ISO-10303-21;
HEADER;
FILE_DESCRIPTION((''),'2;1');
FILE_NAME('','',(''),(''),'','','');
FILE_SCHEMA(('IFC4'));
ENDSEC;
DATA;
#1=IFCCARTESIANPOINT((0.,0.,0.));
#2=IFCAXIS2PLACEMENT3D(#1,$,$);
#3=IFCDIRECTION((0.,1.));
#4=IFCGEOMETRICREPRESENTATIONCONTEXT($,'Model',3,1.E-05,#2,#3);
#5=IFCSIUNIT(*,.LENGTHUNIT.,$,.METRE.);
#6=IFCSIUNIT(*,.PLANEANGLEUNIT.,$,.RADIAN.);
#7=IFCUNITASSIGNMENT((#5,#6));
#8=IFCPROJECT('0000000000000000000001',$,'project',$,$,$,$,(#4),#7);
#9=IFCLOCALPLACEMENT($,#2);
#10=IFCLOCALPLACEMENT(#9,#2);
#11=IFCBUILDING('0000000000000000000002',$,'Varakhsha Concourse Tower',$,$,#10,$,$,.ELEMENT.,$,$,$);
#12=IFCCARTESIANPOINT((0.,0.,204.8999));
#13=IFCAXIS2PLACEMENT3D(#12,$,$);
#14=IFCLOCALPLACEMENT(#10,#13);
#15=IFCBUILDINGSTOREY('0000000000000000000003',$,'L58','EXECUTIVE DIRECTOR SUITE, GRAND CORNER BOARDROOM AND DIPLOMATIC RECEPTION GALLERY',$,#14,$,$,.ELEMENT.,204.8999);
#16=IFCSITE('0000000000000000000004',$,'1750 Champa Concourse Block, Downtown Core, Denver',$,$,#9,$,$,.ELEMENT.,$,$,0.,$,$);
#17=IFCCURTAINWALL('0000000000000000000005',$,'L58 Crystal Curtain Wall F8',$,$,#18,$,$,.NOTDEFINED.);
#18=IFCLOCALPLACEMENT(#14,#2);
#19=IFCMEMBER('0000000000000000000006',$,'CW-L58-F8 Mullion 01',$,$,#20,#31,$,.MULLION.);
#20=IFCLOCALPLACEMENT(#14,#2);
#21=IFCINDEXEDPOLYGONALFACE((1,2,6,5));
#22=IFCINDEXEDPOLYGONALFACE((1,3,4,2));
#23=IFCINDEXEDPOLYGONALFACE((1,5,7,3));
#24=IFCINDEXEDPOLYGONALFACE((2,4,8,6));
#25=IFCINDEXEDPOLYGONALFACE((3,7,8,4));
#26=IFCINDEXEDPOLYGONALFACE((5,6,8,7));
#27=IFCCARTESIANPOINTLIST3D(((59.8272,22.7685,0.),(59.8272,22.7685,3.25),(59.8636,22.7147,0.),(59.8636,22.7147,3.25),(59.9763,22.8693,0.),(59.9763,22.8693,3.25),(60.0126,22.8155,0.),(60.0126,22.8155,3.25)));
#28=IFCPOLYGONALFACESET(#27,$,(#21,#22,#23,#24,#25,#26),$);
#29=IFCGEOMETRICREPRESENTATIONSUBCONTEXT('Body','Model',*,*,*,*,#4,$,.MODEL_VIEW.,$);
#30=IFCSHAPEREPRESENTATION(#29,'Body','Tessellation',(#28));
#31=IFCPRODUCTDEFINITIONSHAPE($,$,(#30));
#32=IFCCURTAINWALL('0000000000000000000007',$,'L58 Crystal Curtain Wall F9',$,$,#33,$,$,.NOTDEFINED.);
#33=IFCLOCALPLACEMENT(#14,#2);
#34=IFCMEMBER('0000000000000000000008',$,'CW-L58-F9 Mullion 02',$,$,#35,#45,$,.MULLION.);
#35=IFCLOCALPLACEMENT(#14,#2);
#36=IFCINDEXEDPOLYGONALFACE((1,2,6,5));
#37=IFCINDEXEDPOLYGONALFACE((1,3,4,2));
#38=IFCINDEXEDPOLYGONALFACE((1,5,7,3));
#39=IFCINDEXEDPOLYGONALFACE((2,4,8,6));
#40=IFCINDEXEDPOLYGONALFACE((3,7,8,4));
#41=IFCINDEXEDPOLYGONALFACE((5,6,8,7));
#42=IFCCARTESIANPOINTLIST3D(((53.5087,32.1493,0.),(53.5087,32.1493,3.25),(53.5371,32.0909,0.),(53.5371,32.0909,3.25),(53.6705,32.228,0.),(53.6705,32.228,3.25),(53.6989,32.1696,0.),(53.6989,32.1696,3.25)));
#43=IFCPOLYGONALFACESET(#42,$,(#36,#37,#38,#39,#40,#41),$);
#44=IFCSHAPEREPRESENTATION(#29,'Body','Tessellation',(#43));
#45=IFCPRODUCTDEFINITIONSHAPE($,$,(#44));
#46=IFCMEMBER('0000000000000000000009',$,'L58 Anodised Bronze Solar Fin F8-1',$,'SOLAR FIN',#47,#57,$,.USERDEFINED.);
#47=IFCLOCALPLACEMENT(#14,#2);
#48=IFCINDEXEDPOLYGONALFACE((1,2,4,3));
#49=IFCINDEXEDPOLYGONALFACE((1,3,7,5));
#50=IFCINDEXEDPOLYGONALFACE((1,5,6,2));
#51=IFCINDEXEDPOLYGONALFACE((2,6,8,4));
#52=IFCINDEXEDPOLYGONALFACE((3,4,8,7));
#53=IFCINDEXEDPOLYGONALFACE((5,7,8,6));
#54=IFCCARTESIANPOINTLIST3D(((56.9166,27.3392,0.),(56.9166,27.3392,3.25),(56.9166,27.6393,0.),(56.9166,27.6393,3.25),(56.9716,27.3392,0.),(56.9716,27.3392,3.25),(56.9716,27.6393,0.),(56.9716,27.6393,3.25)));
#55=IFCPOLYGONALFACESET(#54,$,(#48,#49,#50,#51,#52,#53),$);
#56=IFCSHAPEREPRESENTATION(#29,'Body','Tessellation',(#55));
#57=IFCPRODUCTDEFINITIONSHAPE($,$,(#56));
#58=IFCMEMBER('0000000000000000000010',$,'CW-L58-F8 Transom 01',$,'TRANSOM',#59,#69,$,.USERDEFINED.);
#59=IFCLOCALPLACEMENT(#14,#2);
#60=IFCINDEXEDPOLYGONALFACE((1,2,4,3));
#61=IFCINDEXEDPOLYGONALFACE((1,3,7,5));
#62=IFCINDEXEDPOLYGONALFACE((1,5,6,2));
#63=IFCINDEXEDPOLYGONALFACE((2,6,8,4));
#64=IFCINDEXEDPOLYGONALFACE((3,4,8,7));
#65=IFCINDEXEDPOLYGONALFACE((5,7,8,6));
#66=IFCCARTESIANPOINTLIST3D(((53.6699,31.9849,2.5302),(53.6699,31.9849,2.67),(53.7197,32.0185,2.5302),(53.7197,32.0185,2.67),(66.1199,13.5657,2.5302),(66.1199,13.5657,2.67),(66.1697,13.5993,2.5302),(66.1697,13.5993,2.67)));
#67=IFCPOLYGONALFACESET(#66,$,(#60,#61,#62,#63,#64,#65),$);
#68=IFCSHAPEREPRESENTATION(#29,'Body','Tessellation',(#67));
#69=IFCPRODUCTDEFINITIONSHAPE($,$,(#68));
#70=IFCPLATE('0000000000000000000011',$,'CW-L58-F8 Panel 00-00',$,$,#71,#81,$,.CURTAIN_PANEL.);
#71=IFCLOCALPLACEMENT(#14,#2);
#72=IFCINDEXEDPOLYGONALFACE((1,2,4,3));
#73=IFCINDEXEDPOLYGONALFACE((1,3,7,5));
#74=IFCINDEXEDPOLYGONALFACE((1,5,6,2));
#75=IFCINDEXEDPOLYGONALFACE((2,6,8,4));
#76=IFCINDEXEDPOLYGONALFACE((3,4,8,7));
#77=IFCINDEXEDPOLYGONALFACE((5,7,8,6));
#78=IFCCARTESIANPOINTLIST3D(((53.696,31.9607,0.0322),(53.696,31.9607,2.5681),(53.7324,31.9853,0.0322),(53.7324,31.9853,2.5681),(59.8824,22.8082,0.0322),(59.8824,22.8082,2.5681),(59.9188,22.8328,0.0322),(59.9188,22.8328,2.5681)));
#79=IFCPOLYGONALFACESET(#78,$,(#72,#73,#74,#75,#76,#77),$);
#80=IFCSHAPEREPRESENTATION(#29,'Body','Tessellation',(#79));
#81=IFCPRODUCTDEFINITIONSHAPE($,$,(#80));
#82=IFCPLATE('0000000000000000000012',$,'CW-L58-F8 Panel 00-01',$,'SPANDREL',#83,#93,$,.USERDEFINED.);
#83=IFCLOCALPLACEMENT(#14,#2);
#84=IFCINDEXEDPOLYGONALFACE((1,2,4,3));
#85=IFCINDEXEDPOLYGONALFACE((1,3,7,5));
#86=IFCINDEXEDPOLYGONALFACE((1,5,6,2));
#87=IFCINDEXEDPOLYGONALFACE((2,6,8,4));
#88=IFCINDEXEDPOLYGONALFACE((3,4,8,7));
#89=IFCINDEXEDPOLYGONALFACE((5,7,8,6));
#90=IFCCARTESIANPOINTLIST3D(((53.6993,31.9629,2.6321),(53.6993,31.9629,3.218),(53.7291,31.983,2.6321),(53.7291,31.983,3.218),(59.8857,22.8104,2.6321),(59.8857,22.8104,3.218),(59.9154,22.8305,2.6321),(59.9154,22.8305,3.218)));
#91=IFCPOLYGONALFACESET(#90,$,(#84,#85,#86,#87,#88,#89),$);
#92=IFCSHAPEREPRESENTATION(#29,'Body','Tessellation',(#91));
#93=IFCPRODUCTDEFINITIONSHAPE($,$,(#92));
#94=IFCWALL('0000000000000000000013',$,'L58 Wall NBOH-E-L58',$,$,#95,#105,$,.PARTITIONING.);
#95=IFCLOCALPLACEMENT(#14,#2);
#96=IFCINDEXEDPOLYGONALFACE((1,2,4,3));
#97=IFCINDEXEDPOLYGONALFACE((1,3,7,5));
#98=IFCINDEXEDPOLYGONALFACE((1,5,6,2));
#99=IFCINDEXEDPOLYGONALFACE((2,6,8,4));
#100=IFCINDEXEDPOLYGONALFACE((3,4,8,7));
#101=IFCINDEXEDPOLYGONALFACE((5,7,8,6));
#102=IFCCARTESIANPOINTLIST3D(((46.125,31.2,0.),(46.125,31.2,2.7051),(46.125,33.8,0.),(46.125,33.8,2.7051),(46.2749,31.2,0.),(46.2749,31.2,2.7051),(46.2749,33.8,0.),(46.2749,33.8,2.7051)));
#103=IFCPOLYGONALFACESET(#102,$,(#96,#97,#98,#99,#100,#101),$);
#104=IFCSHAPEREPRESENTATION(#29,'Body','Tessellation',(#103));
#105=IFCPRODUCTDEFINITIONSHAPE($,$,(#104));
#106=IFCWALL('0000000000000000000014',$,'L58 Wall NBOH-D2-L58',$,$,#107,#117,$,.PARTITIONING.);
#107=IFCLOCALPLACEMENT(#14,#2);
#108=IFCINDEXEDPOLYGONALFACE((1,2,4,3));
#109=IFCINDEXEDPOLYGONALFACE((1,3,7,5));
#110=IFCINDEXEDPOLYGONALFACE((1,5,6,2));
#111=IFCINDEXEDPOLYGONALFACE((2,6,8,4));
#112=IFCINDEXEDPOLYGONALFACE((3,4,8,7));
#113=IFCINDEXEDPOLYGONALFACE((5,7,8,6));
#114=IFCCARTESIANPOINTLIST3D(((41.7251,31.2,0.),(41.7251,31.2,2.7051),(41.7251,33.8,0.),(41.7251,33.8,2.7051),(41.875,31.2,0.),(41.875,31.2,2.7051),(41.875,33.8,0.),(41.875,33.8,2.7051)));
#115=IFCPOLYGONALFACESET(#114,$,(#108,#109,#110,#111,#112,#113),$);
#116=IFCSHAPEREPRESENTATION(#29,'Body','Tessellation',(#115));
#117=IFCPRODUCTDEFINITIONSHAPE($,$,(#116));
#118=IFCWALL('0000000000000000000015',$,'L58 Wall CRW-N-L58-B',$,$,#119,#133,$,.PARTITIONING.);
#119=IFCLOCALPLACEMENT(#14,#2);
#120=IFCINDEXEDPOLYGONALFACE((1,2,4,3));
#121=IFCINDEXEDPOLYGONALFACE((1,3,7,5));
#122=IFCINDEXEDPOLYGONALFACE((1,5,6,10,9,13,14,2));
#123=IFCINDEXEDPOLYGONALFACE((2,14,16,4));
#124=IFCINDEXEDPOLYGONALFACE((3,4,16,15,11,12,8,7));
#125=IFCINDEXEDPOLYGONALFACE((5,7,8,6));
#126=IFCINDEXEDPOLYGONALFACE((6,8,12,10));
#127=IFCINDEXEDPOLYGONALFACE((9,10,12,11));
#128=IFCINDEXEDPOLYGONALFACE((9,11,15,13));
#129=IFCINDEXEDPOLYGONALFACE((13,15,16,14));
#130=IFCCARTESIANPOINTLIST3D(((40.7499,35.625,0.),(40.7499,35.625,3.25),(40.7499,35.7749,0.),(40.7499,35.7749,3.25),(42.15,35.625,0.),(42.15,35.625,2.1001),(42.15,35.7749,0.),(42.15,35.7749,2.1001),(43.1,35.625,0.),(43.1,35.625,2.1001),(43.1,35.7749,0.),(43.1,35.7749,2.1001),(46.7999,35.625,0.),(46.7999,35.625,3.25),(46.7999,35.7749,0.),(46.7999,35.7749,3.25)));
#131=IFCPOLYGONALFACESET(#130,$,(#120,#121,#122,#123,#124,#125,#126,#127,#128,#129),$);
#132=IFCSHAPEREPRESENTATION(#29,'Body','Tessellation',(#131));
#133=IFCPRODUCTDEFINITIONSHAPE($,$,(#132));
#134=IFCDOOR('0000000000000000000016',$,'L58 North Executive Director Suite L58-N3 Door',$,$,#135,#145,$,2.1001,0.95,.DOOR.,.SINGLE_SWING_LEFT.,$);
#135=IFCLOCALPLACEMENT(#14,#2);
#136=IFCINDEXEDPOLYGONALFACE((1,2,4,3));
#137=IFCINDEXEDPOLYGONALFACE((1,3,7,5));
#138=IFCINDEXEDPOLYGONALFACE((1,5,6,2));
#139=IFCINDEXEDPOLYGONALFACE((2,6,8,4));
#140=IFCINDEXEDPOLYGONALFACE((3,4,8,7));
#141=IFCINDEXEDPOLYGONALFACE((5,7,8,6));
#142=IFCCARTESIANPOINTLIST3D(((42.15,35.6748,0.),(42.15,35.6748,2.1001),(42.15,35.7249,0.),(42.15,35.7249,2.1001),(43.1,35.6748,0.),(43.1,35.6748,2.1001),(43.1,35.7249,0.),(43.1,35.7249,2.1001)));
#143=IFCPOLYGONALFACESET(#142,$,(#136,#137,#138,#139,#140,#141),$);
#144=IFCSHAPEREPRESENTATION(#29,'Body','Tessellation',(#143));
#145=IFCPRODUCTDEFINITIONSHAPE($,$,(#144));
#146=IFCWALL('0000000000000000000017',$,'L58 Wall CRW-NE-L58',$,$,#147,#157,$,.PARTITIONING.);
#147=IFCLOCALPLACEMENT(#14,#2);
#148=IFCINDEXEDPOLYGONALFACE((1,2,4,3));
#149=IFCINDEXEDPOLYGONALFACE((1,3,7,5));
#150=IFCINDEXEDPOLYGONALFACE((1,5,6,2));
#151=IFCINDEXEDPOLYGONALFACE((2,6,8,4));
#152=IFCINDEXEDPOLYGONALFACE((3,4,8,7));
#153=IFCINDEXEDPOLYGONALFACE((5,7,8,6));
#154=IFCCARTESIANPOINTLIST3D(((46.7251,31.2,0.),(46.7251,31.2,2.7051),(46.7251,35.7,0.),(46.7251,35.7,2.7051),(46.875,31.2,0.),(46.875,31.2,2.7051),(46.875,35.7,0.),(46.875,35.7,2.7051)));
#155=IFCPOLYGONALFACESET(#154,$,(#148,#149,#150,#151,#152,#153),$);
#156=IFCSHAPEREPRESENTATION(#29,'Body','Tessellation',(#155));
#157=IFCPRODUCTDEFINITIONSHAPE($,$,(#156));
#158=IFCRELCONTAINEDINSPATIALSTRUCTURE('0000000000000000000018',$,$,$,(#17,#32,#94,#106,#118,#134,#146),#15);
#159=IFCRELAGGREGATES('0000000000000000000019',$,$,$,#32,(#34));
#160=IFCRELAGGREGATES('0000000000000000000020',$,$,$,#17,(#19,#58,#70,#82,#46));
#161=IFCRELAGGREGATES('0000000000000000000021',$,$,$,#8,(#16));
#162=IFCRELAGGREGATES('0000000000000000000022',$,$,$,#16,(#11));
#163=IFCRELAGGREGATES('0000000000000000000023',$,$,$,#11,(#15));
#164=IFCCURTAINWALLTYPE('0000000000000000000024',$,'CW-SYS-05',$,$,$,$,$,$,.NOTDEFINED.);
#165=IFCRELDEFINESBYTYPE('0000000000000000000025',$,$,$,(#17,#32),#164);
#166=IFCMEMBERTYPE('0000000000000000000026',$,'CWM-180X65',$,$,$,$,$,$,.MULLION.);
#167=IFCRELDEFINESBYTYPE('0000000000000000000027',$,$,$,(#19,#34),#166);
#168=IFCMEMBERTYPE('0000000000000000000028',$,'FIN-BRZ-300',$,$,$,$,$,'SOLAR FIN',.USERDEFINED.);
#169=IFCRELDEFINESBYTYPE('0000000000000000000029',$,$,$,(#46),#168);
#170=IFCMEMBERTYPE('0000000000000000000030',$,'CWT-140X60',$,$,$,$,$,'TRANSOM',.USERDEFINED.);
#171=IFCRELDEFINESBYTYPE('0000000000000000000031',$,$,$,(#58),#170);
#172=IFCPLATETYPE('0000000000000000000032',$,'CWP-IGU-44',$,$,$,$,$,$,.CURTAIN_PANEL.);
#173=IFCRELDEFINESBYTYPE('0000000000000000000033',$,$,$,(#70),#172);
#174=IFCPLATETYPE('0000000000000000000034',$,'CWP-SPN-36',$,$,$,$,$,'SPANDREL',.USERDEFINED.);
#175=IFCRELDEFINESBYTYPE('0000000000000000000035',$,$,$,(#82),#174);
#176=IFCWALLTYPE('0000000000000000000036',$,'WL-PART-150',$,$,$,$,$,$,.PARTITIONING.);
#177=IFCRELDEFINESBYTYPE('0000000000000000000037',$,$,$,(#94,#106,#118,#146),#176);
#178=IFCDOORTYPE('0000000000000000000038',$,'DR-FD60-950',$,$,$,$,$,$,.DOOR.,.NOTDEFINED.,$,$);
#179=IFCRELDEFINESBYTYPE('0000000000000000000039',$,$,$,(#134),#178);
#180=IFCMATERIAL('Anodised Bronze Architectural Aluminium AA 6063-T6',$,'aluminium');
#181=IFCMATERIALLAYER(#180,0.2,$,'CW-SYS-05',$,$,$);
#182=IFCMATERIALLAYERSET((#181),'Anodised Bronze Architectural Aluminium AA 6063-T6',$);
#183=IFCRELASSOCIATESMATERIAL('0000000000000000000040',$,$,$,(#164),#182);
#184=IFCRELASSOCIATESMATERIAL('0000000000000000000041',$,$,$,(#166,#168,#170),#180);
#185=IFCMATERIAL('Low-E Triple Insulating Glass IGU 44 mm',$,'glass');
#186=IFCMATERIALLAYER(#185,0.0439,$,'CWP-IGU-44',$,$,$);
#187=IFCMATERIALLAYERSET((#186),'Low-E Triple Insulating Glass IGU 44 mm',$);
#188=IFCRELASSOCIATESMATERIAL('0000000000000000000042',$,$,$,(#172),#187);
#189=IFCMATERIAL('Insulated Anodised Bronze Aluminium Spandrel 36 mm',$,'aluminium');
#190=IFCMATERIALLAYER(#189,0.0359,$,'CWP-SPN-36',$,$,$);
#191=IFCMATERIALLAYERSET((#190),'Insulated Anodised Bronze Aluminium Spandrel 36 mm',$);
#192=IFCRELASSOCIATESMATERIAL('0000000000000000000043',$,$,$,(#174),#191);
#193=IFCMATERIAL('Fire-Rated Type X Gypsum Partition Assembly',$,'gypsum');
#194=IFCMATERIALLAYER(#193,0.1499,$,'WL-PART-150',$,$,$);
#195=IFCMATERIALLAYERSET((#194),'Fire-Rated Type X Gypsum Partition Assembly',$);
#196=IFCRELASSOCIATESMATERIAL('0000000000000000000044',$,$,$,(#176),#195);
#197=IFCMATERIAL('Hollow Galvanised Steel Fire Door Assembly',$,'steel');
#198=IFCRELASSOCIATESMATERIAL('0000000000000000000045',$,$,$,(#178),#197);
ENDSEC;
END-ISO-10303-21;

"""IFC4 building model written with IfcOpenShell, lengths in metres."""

from ifc_helpers import new_model, si_unit, direction, frame, frame_2d, origin, origin_2d, place, context, subcontext, project, spatial, rectangle, extrude, source, transform, mapped, material, layer, layer_set, material_profile, profile_set, type_object, type_shapes, element, fill, aggregate, save


model = new_model("IFC4")

# Units and contexts
model_context = context("Model", 3, precision=1e-05, world=origin(), true_north=direction((0.0, 1.0)))
body_context = subcontext(model_context, "Body", "Model", "MODEL_VIEW")
ifc_project = project(units=[si_unit("LENGTHUNIT", "METRE"), si_unit("PLANEANGLEUNIT", "RADIAN")], contexts=[model_context])

# Site, building, storey
site_placement = place(None, origin())
site = spatial("IfcSite", under=ifc_project, at=site_placement, Name="1750 Champa Concourse Block, Downtown Core, Denver", CompositionType="ELEMENT", RefElevation=0.0)
building_placement = place(site_placement, origin())
building = spatial("IfcBuilding", under=site, at=building_placement, Name="Varakhsha Concourse Tower", CompositionType="ELEMENT")
storey_placement = place(building_placement, frame((0.0, 0.0, 204.8999)))
storey = spatial("IfcBuildingStorey", under=building, at=storey_placement, Name="L58", Description="EXECUTIVE DIRECTOR SUITE, GRAND CORNER BOARDROOM AND DIPLOMATIC RECEPTION GALLERY", CompositionType="ELEMENT", Elevation=204.8999)

# Curtain wall, member
ifc_material_1 = material(Name="Anodised Bronze Architectural Aluminium AA 6063-T6", Category="aluminium")
ifc_layer_1 = layer(ifc_material_1, 0.2, Name="CW-SYS-05")
ifc_layer_set_1 = layer_set([ifc_layer_1], Name="Anodised Bronze Architectural Aluminium AA 6063-T6")
curtain_wall_type = type_object("IfcCurtainWallType", Name="CW-SYS-05", PredefinedType="NOTDEFINED", material=ifc_layer_set_1)
curtain_wall_1_placement = place(storey_placement, origin())
curtain_wall_1 = element("IfcCurtainWall", 1, at=curtain_wall_1_placement, inside=storey, type_object=curtain_wall_type, Name="L58 Crystal Curtain Wall F8", PredefinedType="NOTDEFINED")
ifc_material_profile_1 = material_profile(ifc_material_1, rectangle(XDim=0.0649, YDim=0.1799, at=origin_2d()), Name="CWM-180X65")
ifc_profile_set_1 = profile_set([ifc_material_profile_1], Name="Anodised Bronze Architectural Aluminium AA 6063-T6")
member_type_1 = type_object("IfcMemberType", Name="CWM-180X65", PredefinedType="MULLION", material=ifc_profile_set_1)
shared_shape_1 = source(origin(), body_context, "Body", "SweptSolid", [
    extrude(rectangle(XDim=0.0649, YDim=0.1799, at=origin_2d()), origin(), (0.0, 0.0, 1.0), 3.25),
])
type_shapes(member_type_1, [shared_shape_1])
member_1_placement = place(storey_placement, frame((59.9199, 22.792, 0.0), z_axis=(0.0, 0.0, 1.0), x_axis=(0.559999, -0.828494, 0.0)))
member_1 = element("IfcMember", 2, at=member_1_placement, type_object=member_type_1, Name="CW-L58-F8 Mullion 01", PredefinedType="MULLION", context=body_context, shape_type="MappedRepresentation", body=[
    mapped(shared_shape_1, transform((0.0, 0.0, 0.0), scale=1.0)),
])

# Curtain wall, member
curtain_wall_2_placement = place(storey_placement, origin())
curtain_wall_2 = element("IfcCurtainWall", 3, at=curtain_wall_2_placement, inside=storey, type_object=curtain_wall_type, Name="L58 Crystal Curtain Wall F9", PredefinedType="NOTDEFINED")
member_2_placement = place(storey_placement, frame((53.6038, 32.1594, 0.0), z_axis=(0.0, 0.0, 1.0), x_axis=(0.437497, -0.89922, 0.0)))
member_2 = element("IfcMember", 4, at=member_2_placement, type_object=member_type_1, Name="CW-L58-F9 Mullion 02", PredefinedType="MULLION", context=body_context, shape_type="MappedRepresentation", body=[
    mapped(shared_shape_1, transform((0.0, 0.0, 0.0), scale=1.0)),
])
aggregate(curtain_wall_2, [member_2])

# Members
ifc_material_profile_2 = material_profile(ifc_material_1, rectangle(XDim=0.0549, YDim=0.3, at=origin_2d()), Name="FIN-BRZ-300")
ifc_profile_set_2 = profile_set([ifc_material_profile_2], Name="Anodised Bronze Architectural Aluminium AA 6063-T6")
member_type_2 = type_object("IfcMemberType", Name="FIN-BRZ-300", ElementType="SOLAR FIN", PredefinedType="USERDEFINED", material=ifc_profile_set_2)
shared_shape_2 = source(origin(), body_context, "Body", "SweptSolid", [
    extrude(rectangle(XDim=0.0549, YDim=0.3, at=origin_2d()), origin(), (0.0, 0.0, 1.0), 3.25),
])
type_shapes(member_type_2, [shared_shape_2])
member_3_placement = place(storey_placement, frame((56.9441, 27.4893, 0.0), z_axis=(0.0, 0.0, 1.0), x_axis=(1.0, 0.0, 0.0)))
member_3 = element("IfcMember", 5, at=member_3_placement, type_object=member_type_2, Name="L58 Anodised Bronze Solar Fin F8-1", ObjectType="SOLAR FIN", PredefinedType="USERDEFINED", context=body_context, shape_type="MappedRepresentation", body=[
    mapped(shared_shape_2, transform((0.0, 0.0, 0.0), scale=1.0)),
])
ifc_material_profile_3 = material_profile(ifc_material_1, rectangle(XDim=0.0601, YDim=0.1399, at=origin_2d()), Name="CWT-140X60")
ifc_profile_set_3 = profile_set([ifc_material_profile_3], Name="Anodised Bronze Architectural Aluminium AA 6063-T6")
member_type_3 = type_object("IfcMemberType", Name="CWT-140X60", ElementType="TRANSOM", PredefinedType="USERDEFINED", material=ifc_profile_set_3)
shared_shape_3 = source(origin(), body_context, "Body", "SweptSolid", [
    extrude(rectangle(XDim=0.0601, YDim=0.1399, at=origin_2d()), origin(), (0.0, 0.0, 1.0), 22.2322),
])
type_shapes(member_type_3, [shared_shape_3])
member_4_placement = place(storey_placement, frame((53.6948, 32.0017, 2.6001), z_axis=(0.559998, -0.828494, 0.0), x_axis=(0.828494, 0.559998, 0.0)))
member_4 = element("IfcMember", 6, at=member_4_placement, type_object=member_type_3, Name="CW-L58-F8 Transom 01", ObjectType="TRANSOM", PredefinedType="USERDEFINED", context=body_context, shape_type="MappedRepresentation", body=[
    mapped(shared_shape_3, transform((0.0, 0.0, 0.0), scale=1.0)),
])

# Plates
ifc_material_2 = material(Name="Low-E Triple Insulating Glass IGU 44 mm", Category="glass")
ifc_layer_2 = layer(ifc_material_2, 0.0439, Name="CWP-IGU-44")
ifc_layer_set_2 = layer_set([ifc_layer_2], Name="Low-E Triple Insulating Glass IGU 44 mm")
plate_type_1 = type_object("IfcPlateType", Name="CWP-IGU-44", PredefinedType="CURTAIN_PANEL", material=ifc_layer_set_2)
shared_shape_4 = source(origin(), body_context, "Body", "SweptSolid", [
    extrude(rectangle(XDim=11.0471, YDim=0.0439, at=origin_2d()), origin(), (0.0, 0.0, 1.0), 2.5359),
])
type_shapes(plate_type_1, [shared_shape_4])
plate_1_placement = place(storey_placement, frame((56.8074, 27.3967, 0.0322), z_axis=(0.0, 0.0, 1.0), x_axis=(0.559999, -0.828494, 0.0)))
plate_1 = element("IfcPlate", 7, at=plate_1_placement, type_object=plate_type_1, Name="CW-L58-F8 Panel 00-00", PredefinedType="CURTAIN_PANEL", context=body_context, shape_type="MappedRepresentation", body=[
    mapped(shared_shape_4, transform((0.0, 0.0, 0.0), scale=1.0)),
])
ifc_material_3 = material(Name="Insulated Anodised Bronze Aluminium Spandrel 36 mm", Category="aluminium")
ifc_layer_3 = layer(ifc_material_3, 0.0359, Name="CWP-SPN-36")
ifc_layer_set_3 = layer_set([ifc_layer_3], Name="Insulated Anodised Bronze Aluminium Spandrel 36 mm")
plate_type_2 = type_object("IfcPlateType", Name="CWP-SPN-36", ElementType="SPANDREL", PredefinedType="USERDEFINED", material=ifc_layer_set_3)
shared_shape_5 = source(origin(), body_context, "Body", "SweptSolid", [
    extrude(rectangle(XDim=11.0471, YDim=0.0359, at=origin_2d()), origin(), (0.0, 0.0, 1.0), 0.5859),
])
type_shapes(plate_type_2, [shared_shape_5])
plate_2_placement = place(storey_placement, frame((56.8074, 27.3967, 2.6321), z_axis=(0.0, 0.0, 1.0), x_axis=(0.559999, -0.828494, 0.0)))
plate_2 = element("IfcPlate", 8, at=plate_2_placement, type_object=plate_type_2, Name="CW-L58-F8 Panel 00-01", ObjectType="SPANDREL", PredefinedType="USERDEFINED", context=body_context, shape_type="MappedRepresentation", body=[
    mapped(shared_shape_5, transform((0.0, 0.0, 0.0), scale=1.0)),
])
aggregate(curtain_wall_1, [member_1, member_4, plate_1, plate_2, member_3])

# Walls
ifc_material_4 = material(Name="Fire-Rated Type X Gypsum Partition Assembly", Category="gypsum")
ifc_layer_4 = layer(ifc_material_4, 0.1499, Name="WL-PART-150")
ifc_layer_set_4 = layer_set([ifc_layer_4], Name="Fire-Rated Type X Gypsum Partition Assembly")
wall_type_1 = type_object("IfcWallType", Name="WL-PART-150", PredefinedType="PARTITIONING", material=ifc_layer_set_4)
for number, where, z_axis, x_axis, name in (
    (9, (46.2, 31.2, 0.0), (0.0, 0.0, 1.0), (0.0, 1.0, 0.0), "L58 Wall NBOH-E-L58"),
    (10, (41.8, 31.2, 0.0), (0.0, 0.0, 1.0), (0.0, 1.0, 0.0), "L58 Wall NBOH-D2-L58"),
):
    element("IfcWall", number, at=place(storey_placement, frame(where, z_axis=z_axis, x_axis=x_axis)), inside=storey, type_object=wall_type_1, Name=name, PredefinedType="PARTITIONING", context=body_context, shape_type="SweptSolid", body=[
        extrude(rectangle(XDim=2.6001, YDim=0.1499, at=frame_2d((1.3, 0.0))), origin(), (0.0, 0.0, 1.0), 2.7051),
    ])

# Wall, opening, door
wall_1_placement = place(storey_placement, frame((40.75, 35.7, 0.0), z_axis=(0.0, 0.0, 1.0), x_axis=(1.0, 0.0, 0.0)))
wall_1 = element("IfcWall", 11, at=wall_1_placement, inside=storey, type_object=wall_type_1, Name="L58 Wall CRW-N-L58-B", PredefinedType="PARTITIONING", context=body_context, shape_type="SweptSolid", body=[
    extrude(rectangle(XDim=6.05, YDim=0.1499, at=frame_2d((3.0249, 0.0))), origin(), (0.0, 0.0, 1.0), 3.25),
])
opening_1_placement = place(wall_1_placement, frame((1.3999, 0.0, 0.0)))
opening_1 = element("IfcOpeningElement", 12, at=opening_1_placement, cuts=wall_1, PredefinedType="OPENING", context=body_context, shape_type="SweptSolid", body=[
    extrude(rectangle(XDim=0.95, YDim=2.1001, at=frame_2d((0.4751, 1.05))), frame((0.0, 0.085, 0.0), z_axis=(0.0, -1.0, 0.0), x_axis=(1.0, 0.0, 0.0)), (0.0, 0.0, 1.0), 0.1699),
])
ifc_material_5 = material(Name="Hollow Galvanised Steel Fire Door Assembly", Category="steel")
door_type = type_object("IfcDoorType", Name="DR-FD60-950", OperationType="NOTDEFINED", PredefinedType="DOOR", material=ifc_material_5)
door_1_placement = place(opening_1_placement, origin())
door_1 = element("IfcDoor", 13, at=door_1_placement, inside=storey, type_object=door_type, Name="L58 North Executive Director Suite L58-N3 Door", OperationType="SINGLE_SWING_LEFT", OverallHeight=2.1001, OverallWidth=0.95, PredefinedType="DOOR", context=body_context, shape_type="SweptSolid", body=[
    extrude(rectangle(XDim=0.95, YDim=2.1001, at=frame_2d((0.4751, 1.05))), frame((0.0, 0.0249, 0.0), z_axis=(0.0, -1.0, 0.0), x_axis=(1.0, 0.0, 0.0)), (0.0, 0.0, 1.0), 0.05),
])
fill(opening_1, door_1)

# Wall
wall_2_placement = place(storey_placement, frame((46.8, 31.2, 0.0), z_axis=(0.0, 0.0, 1.0), x_axis=(0.0, 1.0, 0.0)))
element("IfcWall", 14, at=wall_2_placement, inside=storey, type_object=wall_type_1, Name="L58 Wall CRW-NE-L58", PredefinedType="PARTITIONING", context=body_context, shape_type="SweptSolid", body=[
    extrude(rectangle(XDim=4.5, YDim=0.1499, at=frame_2d((2.25, 0.0))), origin(), (0.0, 0.0, 1.0), 2.7051),
])

save(model, "model.ifc")
